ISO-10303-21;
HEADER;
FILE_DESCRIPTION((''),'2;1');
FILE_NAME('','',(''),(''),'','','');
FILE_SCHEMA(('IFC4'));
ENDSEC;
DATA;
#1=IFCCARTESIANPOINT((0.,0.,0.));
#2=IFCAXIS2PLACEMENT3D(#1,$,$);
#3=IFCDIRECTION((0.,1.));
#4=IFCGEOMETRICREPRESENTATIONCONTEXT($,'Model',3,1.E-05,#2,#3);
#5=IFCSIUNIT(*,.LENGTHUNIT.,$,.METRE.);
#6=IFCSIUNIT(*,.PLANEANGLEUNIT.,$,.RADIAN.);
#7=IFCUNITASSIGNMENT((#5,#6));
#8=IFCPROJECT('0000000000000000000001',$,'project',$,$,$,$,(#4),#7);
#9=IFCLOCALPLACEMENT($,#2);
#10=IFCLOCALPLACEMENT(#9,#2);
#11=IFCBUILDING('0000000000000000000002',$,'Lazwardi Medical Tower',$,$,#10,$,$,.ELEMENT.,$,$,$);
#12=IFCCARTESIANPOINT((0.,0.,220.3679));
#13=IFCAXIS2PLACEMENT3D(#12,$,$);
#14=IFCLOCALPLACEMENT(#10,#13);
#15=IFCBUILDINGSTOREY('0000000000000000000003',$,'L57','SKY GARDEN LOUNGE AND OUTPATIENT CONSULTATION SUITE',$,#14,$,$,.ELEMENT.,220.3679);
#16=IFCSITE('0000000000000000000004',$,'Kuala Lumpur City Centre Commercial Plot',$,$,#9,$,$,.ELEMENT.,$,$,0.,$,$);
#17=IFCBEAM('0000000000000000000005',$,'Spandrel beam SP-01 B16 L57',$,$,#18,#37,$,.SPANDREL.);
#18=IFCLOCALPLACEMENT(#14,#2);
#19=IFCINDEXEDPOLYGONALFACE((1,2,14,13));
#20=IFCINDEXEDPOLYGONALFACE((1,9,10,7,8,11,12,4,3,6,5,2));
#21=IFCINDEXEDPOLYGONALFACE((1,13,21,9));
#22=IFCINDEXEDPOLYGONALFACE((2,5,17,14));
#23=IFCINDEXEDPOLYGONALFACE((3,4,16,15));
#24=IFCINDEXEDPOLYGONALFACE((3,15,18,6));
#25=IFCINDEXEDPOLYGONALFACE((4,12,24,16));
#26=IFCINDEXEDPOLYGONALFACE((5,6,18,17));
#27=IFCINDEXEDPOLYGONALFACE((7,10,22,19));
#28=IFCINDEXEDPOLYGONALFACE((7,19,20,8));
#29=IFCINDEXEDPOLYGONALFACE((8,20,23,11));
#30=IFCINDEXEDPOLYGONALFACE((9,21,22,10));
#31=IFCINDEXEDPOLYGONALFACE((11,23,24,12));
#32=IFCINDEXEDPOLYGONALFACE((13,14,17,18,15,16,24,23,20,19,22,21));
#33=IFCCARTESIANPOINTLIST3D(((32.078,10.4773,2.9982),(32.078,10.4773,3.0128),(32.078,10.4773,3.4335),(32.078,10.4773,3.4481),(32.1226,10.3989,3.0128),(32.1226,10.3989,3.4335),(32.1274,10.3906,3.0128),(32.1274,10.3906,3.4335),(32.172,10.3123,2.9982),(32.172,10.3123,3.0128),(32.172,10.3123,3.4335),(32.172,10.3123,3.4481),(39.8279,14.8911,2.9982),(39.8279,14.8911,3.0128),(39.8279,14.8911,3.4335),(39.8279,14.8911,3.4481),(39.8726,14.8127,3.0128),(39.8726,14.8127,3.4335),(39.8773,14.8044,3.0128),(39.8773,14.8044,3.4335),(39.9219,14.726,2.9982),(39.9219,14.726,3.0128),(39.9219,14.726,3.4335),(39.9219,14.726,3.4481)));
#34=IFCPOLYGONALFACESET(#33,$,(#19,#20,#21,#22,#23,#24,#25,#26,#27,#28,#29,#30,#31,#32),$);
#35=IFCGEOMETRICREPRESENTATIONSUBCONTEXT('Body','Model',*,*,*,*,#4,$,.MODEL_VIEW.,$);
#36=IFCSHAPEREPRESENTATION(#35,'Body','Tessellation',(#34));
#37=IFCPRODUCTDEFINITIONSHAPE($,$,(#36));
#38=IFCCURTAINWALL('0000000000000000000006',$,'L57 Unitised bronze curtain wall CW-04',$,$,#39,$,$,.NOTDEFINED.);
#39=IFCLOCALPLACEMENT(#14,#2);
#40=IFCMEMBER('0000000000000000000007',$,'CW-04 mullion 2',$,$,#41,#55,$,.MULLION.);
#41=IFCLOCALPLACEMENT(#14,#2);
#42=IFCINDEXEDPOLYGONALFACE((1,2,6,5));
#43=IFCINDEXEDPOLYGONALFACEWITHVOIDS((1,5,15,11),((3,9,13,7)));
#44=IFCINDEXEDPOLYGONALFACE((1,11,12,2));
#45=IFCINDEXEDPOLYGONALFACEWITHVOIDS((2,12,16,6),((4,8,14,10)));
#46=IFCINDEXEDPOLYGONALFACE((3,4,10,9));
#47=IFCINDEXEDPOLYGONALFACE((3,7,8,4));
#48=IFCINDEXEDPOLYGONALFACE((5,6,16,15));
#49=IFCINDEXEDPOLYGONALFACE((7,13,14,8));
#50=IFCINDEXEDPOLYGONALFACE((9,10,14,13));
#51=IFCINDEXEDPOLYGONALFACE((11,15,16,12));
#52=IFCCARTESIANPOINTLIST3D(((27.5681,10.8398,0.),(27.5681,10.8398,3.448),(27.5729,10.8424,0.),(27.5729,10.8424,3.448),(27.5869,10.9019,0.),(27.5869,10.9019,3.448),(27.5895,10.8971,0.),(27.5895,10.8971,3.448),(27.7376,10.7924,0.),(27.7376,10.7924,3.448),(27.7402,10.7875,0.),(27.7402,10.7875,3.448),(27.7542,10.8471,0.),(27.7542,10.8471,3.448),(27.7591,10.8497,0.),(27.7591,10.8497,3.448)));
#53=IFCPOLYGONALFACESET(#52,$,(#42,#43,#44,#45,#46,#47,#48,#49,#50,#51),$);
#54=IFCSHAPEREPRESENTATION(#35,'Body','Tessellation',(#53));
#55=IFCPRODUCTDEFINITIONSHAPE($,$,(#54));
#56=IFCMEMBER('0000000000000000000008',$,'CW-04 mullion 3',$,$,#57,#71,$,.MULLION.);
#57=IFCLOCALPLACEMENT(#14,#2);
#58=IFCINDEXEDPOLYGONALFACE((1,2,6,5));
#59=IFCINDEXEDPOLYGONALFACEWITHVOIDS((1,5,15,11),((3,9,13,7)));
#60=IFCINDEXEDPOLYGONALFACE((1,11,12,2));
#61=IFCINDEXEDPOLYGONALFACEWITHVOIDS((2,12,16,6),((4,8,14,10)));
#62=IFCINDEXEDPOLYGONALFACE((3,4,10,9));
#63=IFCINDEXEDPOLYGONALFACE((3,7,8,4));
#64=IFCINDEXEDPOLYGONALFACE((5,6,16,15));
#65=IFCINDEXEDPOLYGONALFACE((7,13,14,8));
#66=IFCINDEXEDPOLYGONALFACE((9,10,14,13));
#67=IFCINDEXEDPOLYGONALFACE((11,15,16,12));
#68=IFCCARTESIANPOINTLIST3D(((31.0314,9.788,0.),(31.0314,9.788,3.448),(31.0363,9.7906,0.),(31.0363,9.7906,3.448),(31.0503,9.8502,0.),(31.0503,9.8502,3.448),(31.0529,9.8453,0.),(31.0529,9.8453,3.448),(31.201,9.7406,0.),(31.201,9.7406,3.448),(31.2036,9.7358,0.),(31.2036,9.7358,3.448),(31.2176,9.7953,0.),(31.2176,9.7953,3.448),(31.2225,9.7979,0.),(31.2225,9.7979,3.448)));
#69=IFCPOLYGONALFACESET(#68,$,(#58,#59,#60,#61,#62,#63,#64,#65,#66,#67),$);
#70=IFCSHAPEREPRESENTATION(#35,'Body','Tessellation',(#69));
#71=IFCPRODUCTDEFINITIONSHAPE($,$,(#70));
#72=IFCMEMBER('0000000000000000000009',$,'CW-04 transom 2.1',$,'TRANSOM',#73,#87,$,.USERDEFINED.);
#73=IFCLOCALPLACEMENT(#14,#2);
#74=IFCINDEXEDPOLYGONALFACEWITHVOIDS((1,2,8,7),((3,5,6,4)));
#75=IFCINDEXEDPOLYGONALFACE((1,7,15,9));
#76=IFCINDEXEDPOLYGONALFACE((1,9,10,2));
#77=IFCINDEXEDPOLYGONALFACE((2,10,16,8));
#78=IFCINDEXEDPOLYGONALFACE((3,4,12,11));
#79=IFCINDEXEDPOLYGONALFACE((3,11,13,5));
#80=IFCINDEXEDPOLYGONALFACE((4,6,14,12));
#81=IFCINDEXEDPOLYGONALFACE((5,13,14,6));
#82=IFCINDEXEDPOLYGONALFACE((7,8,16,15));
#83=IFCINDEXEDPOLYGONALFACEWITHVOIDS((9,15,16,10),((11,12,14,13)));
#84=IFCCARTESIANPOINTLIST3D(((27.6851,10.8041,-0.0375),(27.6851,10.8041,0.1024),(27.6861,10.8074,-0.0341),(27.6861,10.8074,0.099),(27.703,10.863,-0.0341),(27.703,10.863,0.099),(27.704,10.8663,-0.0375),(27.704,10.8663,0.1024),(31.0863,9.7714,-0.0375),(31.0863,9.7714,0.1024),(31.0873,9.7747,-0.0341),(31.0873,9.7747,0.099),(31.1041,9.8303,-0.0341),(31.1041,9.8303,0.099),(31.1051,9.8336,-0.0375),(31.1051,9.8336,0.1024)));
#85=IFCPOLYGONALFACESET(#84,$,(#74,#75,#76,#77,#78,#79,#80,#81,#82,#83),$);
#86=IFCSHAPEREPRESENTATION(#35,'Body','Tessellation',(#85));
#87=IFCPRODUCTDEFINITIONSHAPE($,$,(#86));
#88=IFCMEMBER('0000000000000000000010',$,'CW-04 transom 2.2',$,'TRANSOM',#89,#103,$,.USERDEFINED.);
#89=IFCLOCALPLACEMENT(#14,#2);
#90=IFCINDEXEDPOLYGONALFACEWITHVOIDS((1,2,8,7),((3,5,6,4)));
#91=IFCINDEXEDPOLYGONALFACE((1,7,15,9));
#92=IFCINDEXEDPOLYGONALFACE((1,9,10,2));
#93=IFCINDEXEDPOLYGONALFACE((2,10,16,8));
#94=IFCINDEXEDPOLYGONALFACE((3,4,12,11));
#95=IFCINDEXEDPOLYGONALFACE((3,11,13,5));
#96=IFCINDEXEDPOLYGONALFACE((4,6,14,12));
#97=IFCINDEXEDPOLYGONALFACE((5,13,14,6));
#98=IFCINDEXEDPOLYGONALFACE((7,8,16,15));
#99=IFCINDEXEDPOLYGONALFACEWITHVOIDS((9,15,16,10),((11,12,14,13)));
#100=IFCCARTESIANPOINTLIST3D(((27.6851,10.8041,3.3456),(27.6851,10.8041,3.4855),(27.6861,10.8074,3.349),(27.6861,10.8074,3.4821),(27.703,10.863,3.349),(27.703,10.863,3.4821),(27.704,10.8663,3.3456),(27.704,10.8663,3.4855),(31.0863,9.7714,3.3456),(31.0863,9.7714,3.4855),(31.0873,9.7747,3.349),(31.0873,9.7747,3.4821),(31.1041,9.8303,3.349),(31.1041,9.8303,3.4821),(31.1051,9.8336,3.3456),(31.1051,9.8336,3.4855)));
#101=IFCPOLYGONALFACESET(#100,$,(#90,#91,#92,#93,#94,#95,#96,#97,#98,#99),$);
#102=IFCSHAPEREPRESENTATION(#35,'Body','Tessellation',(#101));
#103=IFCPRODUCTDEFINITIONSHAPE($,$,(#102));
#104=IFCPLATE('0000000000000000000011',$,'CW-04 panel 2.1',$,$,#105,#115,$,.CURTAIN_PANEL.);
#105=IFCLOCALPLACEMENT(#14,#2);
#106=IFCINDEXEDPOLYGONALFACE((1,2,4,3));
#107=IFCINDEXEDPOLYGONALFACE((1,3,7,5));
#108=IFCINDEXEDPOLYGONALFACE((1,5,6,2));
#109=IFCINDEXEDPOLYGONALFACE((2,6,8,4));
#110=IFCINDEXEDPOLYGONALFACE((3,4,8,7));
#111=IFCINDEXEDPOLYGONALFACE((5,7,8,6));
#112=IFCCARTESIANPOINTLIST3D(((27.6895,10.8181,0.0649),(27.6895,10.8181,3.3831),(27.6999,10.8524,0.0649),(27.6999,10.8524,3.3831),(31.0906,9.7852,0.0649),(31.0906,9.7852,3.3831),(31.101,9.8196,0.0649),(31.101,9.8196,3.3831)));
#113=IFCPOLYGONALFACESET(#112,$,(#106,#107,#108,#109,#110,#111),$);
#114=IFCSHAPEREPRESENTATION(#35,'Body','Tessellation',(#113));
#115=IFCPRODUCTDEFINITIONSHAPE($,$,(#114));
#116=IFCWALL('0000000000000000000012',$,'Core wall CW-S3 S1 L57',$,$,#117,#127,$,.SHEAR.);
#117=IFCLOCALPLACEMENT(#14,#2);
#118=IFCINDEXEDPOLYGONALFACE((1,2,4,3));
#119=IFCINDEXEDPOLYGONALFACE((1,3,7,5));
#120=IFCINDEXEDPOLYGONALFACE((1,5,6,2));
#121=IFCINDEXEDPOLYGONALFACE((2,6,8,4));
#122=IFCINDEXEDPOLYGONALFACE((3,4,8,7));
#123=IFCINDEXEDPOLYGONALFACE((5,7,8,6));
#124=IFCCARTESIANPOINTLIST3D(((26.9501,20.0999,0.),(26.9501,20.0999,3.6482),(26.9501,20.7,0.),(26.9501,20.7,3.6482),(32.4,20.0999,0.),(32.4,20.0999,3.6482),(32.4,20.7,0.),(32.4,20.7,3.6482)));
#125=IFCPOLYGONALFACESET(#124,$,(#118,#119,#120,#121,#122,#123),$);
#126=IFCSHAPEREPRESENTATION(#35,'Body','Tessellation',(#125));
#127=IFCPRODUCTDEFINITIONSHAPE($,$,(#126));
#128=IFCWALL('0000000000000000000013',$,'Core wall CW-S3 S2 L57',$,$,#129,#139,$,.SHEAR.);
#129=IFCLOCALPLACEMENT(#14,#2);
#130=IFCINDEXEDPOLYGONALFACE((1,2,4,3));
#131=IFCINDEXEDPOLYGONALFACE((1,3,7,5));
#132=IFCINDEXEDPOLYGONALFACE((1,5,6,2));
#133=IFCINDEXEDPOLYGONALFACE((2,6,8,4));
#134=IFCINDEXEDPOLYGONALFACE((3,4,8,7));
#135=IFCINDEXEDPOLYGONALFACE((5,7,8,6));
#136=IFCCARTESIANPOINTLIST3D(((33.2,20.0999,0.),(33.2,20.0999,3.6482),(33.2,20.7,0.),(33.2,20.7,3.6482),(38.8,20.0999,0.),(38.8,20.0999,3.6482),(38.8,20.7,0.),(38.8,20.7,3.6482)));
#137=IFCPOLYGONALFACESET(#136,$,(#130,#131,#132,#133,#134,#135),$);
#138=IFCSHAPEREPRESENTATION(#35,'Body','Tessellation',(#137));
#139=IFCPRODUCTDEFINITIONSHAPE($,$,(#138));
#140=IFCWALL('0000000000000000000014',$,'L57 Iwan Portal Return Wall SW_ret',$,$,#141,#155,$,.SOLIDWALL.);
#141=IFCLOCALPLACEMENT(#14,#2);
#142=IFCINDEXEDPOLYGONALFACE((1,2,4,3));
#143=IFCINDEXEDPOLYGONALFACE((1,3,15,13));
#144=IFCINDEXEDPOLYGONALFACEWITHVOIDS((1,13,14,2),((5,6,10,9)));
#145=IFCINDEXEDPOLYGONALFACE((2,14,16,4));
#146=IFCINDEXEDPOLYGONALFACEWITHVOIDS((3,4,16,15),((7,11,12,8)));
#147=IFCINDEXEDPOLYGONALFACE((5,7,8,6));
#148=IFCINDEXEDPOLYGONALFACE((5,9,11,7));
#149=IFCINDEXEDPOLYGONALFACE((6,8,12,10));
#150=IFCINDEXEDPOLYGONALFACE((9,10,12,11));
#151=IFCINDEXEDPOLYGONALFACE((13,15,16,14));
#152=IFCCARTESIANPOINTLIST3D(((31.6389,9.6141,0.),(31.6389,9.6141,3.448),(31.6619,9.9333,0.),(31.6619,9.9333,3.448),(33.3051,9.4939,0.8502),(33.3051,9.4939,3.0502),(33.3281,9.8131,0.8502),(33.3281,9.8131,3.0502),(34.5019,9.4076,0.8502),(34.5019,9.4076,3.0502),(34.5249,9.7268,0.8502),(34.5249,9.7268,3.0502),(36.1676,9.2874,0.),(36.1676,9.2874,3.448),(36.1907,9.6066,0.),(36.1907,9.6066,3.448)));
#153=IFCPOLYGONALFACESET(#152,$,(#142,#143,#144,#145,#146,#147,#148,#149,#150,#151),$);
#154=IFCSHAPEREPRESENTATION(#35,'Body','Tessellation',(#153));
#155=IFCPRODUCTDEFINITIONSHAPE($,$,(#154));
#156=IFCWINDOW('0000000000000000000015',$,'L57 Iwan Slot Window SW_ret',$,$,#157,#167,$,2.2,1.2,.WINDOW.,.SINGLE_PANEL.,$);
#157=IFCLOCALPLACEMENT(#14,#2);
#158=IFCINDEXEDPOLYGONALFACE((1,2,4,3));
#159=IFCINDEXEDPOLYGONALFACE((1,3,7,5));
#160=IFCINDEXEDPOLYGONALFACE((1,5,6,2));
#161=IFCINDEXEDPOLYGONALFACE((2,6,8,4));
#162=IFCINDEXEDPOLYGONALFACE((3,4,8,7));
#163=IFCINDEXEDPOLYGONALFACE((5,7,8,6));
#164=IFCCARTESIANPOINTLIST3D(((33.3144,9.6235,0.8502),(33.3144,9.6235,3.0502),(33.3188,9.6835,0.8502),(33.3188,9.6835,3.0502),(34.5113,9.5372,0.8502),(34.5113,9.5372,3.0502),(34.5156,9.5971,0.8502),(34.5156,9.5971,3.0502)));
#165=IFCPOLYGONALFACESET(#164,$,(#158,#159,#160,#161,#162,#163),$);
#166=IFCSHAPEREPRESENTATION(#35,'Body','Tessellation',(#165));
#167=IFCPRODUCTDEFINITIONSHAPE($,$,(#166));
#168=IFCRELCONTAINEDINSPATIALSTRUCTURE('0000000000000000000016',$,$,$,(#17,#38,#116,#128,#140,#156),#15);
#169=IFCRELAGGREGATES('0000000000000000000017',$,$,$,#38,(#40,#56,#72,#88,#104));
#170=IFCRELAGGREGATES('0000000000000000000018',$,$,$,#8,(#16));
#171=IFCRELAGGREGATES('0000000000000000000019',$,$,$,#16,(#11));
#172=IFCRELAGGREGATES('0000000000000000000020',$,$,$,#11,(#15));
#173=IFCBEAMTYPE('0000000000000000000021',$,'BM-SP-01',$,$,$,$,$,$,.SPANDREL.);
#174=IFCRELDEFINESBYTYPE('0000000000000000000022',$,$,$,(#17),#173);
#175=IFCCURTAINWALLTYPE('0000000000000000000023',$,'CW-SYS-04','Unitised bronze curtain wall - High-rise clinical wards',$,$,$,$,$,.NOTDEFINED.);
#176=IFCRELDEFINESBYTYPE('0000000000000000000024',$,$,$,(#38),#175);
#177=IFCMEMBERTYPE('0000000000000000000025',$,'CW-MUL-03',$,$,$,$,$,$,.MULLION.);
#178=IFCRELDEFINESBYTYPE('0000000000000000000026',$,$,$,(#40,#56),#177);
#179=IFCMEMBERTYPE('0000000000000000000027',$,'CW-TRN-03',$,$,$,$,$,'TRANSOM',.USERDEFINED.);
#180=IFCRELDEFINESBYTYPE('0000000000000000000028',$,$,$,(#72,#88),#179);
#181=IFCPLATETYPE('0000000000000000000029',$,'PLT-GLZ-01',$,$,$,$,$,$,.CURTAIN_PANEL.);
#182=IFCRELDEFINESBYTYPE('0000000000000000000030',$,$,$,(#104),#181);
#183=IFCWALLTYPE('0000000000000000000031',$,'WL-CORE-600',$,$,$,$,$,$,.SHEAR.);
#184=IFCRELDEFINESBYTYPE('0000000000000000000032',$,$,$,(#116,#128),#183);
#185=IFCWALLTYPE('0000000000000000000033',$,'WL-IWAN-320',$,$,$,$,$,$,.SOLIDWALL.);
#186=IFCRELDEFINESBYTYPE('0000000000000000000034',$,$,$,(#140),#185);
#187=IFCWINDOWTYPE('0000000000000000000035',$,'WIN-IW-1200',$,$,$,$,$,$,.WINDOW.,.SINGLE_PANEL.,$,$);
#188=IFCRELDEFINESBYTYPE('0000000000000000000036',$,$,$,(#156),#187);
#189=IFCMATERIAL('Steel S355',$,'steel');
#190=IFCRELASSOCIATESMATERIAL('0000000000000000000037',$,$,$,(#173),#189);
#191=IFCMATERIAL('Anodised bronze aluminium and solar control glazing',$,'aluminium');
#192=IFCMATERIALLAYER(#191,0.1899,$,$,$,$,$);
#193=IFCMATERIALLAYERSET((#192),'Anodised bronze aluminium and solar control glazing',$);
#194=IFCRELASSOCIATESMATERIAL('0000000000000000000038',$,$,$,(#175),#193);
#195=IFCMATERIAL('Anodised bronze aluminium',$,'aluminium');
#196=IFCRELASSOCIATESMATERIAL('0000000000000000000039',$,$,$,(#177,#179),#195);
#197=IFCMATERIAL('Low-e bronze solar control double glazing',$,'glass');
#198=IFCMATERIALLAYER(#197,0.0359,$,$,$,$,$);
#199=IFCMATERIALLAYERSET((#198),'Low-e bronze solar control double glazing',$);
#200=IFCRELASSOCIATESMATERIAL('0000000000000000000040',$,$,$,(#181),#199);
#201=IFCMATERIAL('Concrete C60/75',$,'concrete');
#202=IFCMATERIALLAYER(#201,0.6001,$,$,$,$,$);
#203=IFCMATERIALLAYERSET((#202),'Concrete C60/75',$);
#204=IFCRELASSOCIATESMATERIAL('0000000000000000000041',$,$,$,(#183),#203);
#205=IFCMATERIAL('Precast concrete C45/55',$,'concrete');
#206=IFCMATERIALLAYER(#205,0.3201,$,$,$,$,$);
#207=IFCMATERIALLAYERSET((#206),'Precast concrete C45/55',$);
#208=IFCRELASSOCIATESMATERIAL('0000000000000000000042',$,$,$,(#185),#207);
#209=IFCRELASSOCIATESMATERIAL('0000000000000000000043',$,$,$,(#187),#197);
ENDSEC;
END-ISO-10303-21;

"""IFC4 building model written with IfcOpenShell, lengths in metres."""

from ifc_helpers import new_model, si_unit, direction, frame, frame_2d, origin, origin_2d, place, context, subcontext, project, spatial, rectangle, hollow_rectangle, i_section, extrude, material, layer, layer_set, material_profile, profile_set, type_object, element, fill, aggregate, save


model = new_model("IFC4")

# Units and contexts
model_context = context("Model", 3, precision=1e-05, world=origin(), true_north=direction((0.0, 1.0)))
body_context = subcontext(model_context, "Body", "Model", "MODEL_VIEW")
ifc_project = project(units=[si_unit("LENGTHUNIT", "METRE"), si_unit("PLANEANGLEUNIT", "RADIAN")], contexts=[model_context])

# Site, building, storey
site_placement = place(None, origin())
site = spatial("IfcSite", under=ifc_project, at=site_placement, Name="Kuala Lumpur City Centre Commercial Plot", CompositionType="ELEMENT", RefElevation=0.0)
building_placement = place(site_placement, origin())
building = spatial("IfcBuilding", under=site, at=building_placement, Name="Lazwardi Medical Tower", CompositionType="ELEMENT")
storey_placement = place(building_placement, frame((0.0, 0.0, 220.3679)))
storey = spatial("IfcBuildingStorey", under=building, at=storey_placement, Name="L57", Description="SKY GARDEN LOUNGE AND OUTPATIENT CONSULTATION SUITE", CompositionType="ELEMENT", Elevation=220.3679)

# Shared definitions
ifc_material_1 = material(Name="Concrete C60/75", Category="concrete")

# Beam
ifc_material_2 = material(Name="Steel S355", Category="steel")
ifc_material_profile_1 = material_profile(ifc_material_2, i_section(OverallWidth=0.1899, OverallDepth=0.45, WebThickness=0.0095, FlangeThickness=0.0146, at=origin_2d()), Name="IPE 450")
ifc_profile_set_1 = profile_set([ifc_material_profile_1], Name="Steel S355")
beam_type_1 = type_object("IfcBeamType", Name="BM-SP-01", PredefinedType="SPANDREL", material=ifc_profile_set_1)
beam_1_placement = place(storey_placement, frame((32.125, 10.3948, 3.2231), z_axis=(0.868955, 0.494891, 0.0), x_axis=(-0.494891, 0.868955, 0.0)))
element("IfcBeam", 1, at=beam_1_placement, inside=storey, type_object=beam_type_1, Name="Spandrel beam SP-01 B16 L57", PredefinedType="SPANDREL", context=body_context, shape_type="SweptSolid", body=[
    extrude(i_section(OverallWidth=0.1899, OverallDepth=0.45, WebThickness=0.0095, FlangeThickness=0.0146, at=origin_2d()), origin(), (0.0, 0.0, 1.0), 8.9187),
])

# Curtain wall, members, plate
ifc_material_3 = material(Name="Anodised bronze aluminium and solar control glazing", Category="aluminium")
ifc_layer_1 = layer(ifc_material_3, 0.1899)
ifc_layer_set_1 = layer_set([ifc_layer_1], Name="Anodised bronze aluminium and solar control glazing")
curtain_wall_type = type_object("IfcCurtainWallType", Name="CW-SYS-04", Description="Unitised bronze curtain wall - High-rise clinical wards", PredefinedType="NOTDEFINED", material=ifc_layer_set_1)
curtain_wall_placement = place(storey_placement, origin())
curtain_wall = element("IfcCurtainWall", 2, at=curtain_wall_placement, inside=storey, type_object=curtain_wall_type, Name="L57 Unitised bronze curtain wall CW-04", PredefinedType="NOTDEFINED")
ifc_material_4 = material(Name="Anodised bronze aluminium", Category="aluminium")
ifc_material_profile_2 = material_profile(ifc_material_4, hollow_rectangle(XDim=0.0649, YDim=0.1799, WallThickness=0.0039, at=origin_2d()), Name="ALU-MULLION 180x65x4")
ifc_profile_set_2 = profile_set([ifc_material_profile_2], Name="Anodised bronze aluminium")
member_type_1 = type_object("IfcMemberType", Name="CW-MUL-03", PredefinedType="MULLION", material=ifc_profile_set_2)
member_1_placement = place(storey_placement, frame((27.6636, 10.8447, 0.0), z_axis=(0.0, 0.0, 1.0), x_axis=(0.290582, 0.95685, 0.0)))
member_1 = element("IfcMember", 3, at=member_1_placement, type_object=member_type_1, Name="CW-04 mullion 2", PredefinedType="MULLION", context=body_context, shape_type="SweptSolid", body=[
    extrude(hollow_rectangle(XDim=0.0649, YDim=0.1799, WallThickness=0.0039, at=origin_2d()), origin(), (0.0, 0.0, 1.0), 3.448),
])
member_2_placement = place(storey_placement, frame((31.127, 9.793, 0.0), z_axis=(0.0, 0.0, 1.0), x_axis=(0.290582, 0.95685, 0.0)))
member_2 = element("IfcMember", 4, at=member_2_placement, type_object=member_type_1, Name="CW-04 mullion 3", PredefinedType="MULLION", context=body_context, shape_type="SweptSolid", body=[
    extrude(hollow_rectangle(XDim=0.0649, YDim=0.1799, WallThickness=0.0039, at=origin_2d()), origin(), (0.0, 0.0, 1.0), 3.448),
])
ifc_material_profile_3 = material_profile(ifc_material_4, hollow_rectangle(XDim=0.0649, YDim=0.1399, WallThickness=0.0034, at=origin_2d()), Name="ALU-TRANSOM 140x65x3.5")
ifc_profile_set_3 = profile_set([ifc_material_profile_3], Name="Anodised bronze aluminium")
member_type_2 = type_object("IfcMemberType", Name="CW-TRN-03", ElementType="TRANSOM", PredefinedType="USERDEFINED", material=ifc_profile_set_3)
member_3_placement = place(storey_placement, frame((27.6946, 10.8352, 0.0325), z_axis=(0.956863, -0.290541, 0.0), x_axis=(0.290541, 0.956863, 0.0)))
member_3 = element("IfcMember", 5, at=member_3_placement, type_object=member_type_2, Name="CW-04 transom 2.1", ObjectType="TRANSOM", PredefinedType="USERDEFINED", context=body_context, shape_type="SweptSolid", body=[
    extrude(hollow_rectangle(XDim=0.0649, YDim=0.1399, WallThickness=0.0034, at=origin_2d()), origin(), (0.0, 0.0, 1.0), 3.5544),
])
member_4_placement = place(storey_placement, frame((27.6946, 10.8352, 3.4155), z_axis=(0.956863, -0.290541, 0.0), x_axis=(0.290541, 0.956863, 0.0)))
member_4 = element("IfcMember", 6, at=member_4_placement, type_object=member_type_2, Name="CW-04 transom 2.2", ObjectType="TRANSOM", PredefinedType="USERDEFINED", context=body_context, shape_type="SweptSolid", body=[
    extrude(hollow_rectangle(XDim=0.0649, YDim=0.1399, WallThickness=0.0034, at=origin_2d()), origin(), (0.0, 0.0, 1.0), 3.5544),
])
ifc_material_5 = material(Name="Low-e bronze solar control double glazing", Category="glass")
ifc_layer_2 = layer(ifc_material_5, 0.0359)
ifc_layer_set_2 = layer_set([ifc_layer_2], Name="Low-e bronze solar control double glazing")
plate_type = type_object("IfcPlateType", Name="PLT-GLZ-01", PredefinedType="CURTAIN_PANEL", material=ifc_layer_set_2)
plate_placement = place(storey_placement, frame((29.3953, 10.3188, 0.0649), z_axis=(0.0, 0.0, 1.0), x_axis=(0.95685, -0.290582, 0.0)))
plate = element("IfcPlate", 7, at=plate_placement, type_object=plate_type, Name="CW-04 panel 2.1", PredefinedType="CURTAIN_PANEL", context=body_context, shape_type="SweptSolid", body=[
    extrude(rectangle(XDim=3.5544, YDim=0.0359, at=origin_2d()), origin(), (0.0, 0.0, 1.0), 3.3181),
])
aggregate(curtain_wall, [member_1, member_2, member_3, member_4, plate])

# Shared definitions
ifc_layer_3 = layer(ifc_material_1, 0.6001)
ifc_layer_set_3 = layer_set([ifc_layer_3], Name="Concrete C60/75")
wall_type_1 = type_object("IfcWallType", Name="WL-CORE-600", PredefinedType="SHEAR", material=ifc_layer_set_3)

# Walls
wall_1_placement = place(storey_placement, frame((26.95, 20.3999, 0.0), z_axis=(0.0, 0.0, 1.0), x_axis=(1.0, 0.0, 0.0)))
element("IfcWall", 8, at=wall_1_placement, inside=storey, type_object=wall_type_1, Name="Core wall CW-S3 S1 L57", PredefinedType="SHEAR", context=body_context, shape_type="SweptSolid", body=[
    extrude(rectangle(XDim=5.45, YDim=0.6001, at=frame_2d((2.7251, 0.0))), origin(), (0.0, 0.0, 1.0), 3.6482),
])
wall_2_placement = place(storey_placement, frame((33.2, 20.3999, 0.0), z_axis=(0.0, 0.0, 1.0), x_axis=(1.0, 0.0, 0.0)))
element("IfcWall", 9, at=wall_2_placement, inside=storey, type_object=wall_type_1, Name="Core wall CW-S3 S2 L57", PredefinedType="SHEAR", context=body_context, shape_type="SweptSolid", body=[
    extrude(rectangle(XDim=5.6001, YDim=0.6001, at=frame_2d((2.8, 0.0))), origin(), (0.0, 0.0, 1.0), 3.6482),
])

# Wall, opening, window
ifc_material_6 = material(Name="Precast concrete C45/55", Category="concrete")
ifc_layer_4 = layer(ifc_material_6, 0.3201)
ifc_layer_set_4 = layer_set([ifc_layer_4], Name="Precast concrete C45/55")
wall_type_2 = type_object("IfcWallType", Name="WL-IWAN-320", PredefinedType="SOLIDWALL", material=ifc_layer_set_4)
wall_3_placement = place(storey_placement, frame((31.6504, 9.7737, 0.0), z_axis=(0.0, 0.0, 1.0), x_axis=(0.997409, -0.071942, 0.0)))
wall_3 = element("IfcWall", 10, at=wall_3_placement, inside=storey, type_object=wall_type_2, Name="L57 Iwan Portal Return Wall SW_ret", PredefinedType="SOLIDWALL", context=body_context, shape_type="SweptSolid", body=[
    extrude(rectangle(XDim=4.5405, YDim=0.3201, at=frame_2d((2.2703, 0.0))), origin(), (0.0, 0.0, 1.0), 3.448),
])
opening_1_placement = place(wall_3_placement, frame((1.6704, 0.0, 0.8501)))
opening_1 = element("IfcOpeningElement", 11, at=opening_1_placement, cuts=wall_3, PredefinedType="OPENING", context=body_context, shape_type="SweptSolid", body=[
    extrude(rectangle(XDim=1.2, YDim=2.2, at=frame_2d((0.6001, 1.1001))), frame((0.0, 0.1699, 0.0), z_axis=(0.0, -1.0, 0.0), x_axis=(1.0, 0.0, 0.0)), (0.0, 0.0, 1.0), 0.3401),
])
window_type = type_object("IfcWindowType", Name="WIN-IW-1200", PartitioningType="SINGLE_PANEL", PredefinedType="WINDOW", material=ifc_material_5)
window_placement = place(opening_1_placement, origin())
window = element("IfcWindow", 12, at=window_placement, inside=storey, type_object=window_type, Name="L57 Iwan Slot Window SW_ret", OverallHeight=2.2, OverallWidth=1.2, PartitioningType="SINGLE_PANEL", PredefinedType="WINDOW", context=body_context, shape_type="SweptSolid", body=[
    extrude(rectangle(XDim=1.2, YDim=2.2, at=frame_2d((0.6001, 1.1001))), frame((0.0, 0.03, 0.0), z_axis=(0.0, -1.0, 0.0), x_axis=(1.0, 0.0, 0.0)), (0.0, 0.0, 1.0), 0.0601),
])
fill(opening_1, window)

save(model, "model.ifc")
